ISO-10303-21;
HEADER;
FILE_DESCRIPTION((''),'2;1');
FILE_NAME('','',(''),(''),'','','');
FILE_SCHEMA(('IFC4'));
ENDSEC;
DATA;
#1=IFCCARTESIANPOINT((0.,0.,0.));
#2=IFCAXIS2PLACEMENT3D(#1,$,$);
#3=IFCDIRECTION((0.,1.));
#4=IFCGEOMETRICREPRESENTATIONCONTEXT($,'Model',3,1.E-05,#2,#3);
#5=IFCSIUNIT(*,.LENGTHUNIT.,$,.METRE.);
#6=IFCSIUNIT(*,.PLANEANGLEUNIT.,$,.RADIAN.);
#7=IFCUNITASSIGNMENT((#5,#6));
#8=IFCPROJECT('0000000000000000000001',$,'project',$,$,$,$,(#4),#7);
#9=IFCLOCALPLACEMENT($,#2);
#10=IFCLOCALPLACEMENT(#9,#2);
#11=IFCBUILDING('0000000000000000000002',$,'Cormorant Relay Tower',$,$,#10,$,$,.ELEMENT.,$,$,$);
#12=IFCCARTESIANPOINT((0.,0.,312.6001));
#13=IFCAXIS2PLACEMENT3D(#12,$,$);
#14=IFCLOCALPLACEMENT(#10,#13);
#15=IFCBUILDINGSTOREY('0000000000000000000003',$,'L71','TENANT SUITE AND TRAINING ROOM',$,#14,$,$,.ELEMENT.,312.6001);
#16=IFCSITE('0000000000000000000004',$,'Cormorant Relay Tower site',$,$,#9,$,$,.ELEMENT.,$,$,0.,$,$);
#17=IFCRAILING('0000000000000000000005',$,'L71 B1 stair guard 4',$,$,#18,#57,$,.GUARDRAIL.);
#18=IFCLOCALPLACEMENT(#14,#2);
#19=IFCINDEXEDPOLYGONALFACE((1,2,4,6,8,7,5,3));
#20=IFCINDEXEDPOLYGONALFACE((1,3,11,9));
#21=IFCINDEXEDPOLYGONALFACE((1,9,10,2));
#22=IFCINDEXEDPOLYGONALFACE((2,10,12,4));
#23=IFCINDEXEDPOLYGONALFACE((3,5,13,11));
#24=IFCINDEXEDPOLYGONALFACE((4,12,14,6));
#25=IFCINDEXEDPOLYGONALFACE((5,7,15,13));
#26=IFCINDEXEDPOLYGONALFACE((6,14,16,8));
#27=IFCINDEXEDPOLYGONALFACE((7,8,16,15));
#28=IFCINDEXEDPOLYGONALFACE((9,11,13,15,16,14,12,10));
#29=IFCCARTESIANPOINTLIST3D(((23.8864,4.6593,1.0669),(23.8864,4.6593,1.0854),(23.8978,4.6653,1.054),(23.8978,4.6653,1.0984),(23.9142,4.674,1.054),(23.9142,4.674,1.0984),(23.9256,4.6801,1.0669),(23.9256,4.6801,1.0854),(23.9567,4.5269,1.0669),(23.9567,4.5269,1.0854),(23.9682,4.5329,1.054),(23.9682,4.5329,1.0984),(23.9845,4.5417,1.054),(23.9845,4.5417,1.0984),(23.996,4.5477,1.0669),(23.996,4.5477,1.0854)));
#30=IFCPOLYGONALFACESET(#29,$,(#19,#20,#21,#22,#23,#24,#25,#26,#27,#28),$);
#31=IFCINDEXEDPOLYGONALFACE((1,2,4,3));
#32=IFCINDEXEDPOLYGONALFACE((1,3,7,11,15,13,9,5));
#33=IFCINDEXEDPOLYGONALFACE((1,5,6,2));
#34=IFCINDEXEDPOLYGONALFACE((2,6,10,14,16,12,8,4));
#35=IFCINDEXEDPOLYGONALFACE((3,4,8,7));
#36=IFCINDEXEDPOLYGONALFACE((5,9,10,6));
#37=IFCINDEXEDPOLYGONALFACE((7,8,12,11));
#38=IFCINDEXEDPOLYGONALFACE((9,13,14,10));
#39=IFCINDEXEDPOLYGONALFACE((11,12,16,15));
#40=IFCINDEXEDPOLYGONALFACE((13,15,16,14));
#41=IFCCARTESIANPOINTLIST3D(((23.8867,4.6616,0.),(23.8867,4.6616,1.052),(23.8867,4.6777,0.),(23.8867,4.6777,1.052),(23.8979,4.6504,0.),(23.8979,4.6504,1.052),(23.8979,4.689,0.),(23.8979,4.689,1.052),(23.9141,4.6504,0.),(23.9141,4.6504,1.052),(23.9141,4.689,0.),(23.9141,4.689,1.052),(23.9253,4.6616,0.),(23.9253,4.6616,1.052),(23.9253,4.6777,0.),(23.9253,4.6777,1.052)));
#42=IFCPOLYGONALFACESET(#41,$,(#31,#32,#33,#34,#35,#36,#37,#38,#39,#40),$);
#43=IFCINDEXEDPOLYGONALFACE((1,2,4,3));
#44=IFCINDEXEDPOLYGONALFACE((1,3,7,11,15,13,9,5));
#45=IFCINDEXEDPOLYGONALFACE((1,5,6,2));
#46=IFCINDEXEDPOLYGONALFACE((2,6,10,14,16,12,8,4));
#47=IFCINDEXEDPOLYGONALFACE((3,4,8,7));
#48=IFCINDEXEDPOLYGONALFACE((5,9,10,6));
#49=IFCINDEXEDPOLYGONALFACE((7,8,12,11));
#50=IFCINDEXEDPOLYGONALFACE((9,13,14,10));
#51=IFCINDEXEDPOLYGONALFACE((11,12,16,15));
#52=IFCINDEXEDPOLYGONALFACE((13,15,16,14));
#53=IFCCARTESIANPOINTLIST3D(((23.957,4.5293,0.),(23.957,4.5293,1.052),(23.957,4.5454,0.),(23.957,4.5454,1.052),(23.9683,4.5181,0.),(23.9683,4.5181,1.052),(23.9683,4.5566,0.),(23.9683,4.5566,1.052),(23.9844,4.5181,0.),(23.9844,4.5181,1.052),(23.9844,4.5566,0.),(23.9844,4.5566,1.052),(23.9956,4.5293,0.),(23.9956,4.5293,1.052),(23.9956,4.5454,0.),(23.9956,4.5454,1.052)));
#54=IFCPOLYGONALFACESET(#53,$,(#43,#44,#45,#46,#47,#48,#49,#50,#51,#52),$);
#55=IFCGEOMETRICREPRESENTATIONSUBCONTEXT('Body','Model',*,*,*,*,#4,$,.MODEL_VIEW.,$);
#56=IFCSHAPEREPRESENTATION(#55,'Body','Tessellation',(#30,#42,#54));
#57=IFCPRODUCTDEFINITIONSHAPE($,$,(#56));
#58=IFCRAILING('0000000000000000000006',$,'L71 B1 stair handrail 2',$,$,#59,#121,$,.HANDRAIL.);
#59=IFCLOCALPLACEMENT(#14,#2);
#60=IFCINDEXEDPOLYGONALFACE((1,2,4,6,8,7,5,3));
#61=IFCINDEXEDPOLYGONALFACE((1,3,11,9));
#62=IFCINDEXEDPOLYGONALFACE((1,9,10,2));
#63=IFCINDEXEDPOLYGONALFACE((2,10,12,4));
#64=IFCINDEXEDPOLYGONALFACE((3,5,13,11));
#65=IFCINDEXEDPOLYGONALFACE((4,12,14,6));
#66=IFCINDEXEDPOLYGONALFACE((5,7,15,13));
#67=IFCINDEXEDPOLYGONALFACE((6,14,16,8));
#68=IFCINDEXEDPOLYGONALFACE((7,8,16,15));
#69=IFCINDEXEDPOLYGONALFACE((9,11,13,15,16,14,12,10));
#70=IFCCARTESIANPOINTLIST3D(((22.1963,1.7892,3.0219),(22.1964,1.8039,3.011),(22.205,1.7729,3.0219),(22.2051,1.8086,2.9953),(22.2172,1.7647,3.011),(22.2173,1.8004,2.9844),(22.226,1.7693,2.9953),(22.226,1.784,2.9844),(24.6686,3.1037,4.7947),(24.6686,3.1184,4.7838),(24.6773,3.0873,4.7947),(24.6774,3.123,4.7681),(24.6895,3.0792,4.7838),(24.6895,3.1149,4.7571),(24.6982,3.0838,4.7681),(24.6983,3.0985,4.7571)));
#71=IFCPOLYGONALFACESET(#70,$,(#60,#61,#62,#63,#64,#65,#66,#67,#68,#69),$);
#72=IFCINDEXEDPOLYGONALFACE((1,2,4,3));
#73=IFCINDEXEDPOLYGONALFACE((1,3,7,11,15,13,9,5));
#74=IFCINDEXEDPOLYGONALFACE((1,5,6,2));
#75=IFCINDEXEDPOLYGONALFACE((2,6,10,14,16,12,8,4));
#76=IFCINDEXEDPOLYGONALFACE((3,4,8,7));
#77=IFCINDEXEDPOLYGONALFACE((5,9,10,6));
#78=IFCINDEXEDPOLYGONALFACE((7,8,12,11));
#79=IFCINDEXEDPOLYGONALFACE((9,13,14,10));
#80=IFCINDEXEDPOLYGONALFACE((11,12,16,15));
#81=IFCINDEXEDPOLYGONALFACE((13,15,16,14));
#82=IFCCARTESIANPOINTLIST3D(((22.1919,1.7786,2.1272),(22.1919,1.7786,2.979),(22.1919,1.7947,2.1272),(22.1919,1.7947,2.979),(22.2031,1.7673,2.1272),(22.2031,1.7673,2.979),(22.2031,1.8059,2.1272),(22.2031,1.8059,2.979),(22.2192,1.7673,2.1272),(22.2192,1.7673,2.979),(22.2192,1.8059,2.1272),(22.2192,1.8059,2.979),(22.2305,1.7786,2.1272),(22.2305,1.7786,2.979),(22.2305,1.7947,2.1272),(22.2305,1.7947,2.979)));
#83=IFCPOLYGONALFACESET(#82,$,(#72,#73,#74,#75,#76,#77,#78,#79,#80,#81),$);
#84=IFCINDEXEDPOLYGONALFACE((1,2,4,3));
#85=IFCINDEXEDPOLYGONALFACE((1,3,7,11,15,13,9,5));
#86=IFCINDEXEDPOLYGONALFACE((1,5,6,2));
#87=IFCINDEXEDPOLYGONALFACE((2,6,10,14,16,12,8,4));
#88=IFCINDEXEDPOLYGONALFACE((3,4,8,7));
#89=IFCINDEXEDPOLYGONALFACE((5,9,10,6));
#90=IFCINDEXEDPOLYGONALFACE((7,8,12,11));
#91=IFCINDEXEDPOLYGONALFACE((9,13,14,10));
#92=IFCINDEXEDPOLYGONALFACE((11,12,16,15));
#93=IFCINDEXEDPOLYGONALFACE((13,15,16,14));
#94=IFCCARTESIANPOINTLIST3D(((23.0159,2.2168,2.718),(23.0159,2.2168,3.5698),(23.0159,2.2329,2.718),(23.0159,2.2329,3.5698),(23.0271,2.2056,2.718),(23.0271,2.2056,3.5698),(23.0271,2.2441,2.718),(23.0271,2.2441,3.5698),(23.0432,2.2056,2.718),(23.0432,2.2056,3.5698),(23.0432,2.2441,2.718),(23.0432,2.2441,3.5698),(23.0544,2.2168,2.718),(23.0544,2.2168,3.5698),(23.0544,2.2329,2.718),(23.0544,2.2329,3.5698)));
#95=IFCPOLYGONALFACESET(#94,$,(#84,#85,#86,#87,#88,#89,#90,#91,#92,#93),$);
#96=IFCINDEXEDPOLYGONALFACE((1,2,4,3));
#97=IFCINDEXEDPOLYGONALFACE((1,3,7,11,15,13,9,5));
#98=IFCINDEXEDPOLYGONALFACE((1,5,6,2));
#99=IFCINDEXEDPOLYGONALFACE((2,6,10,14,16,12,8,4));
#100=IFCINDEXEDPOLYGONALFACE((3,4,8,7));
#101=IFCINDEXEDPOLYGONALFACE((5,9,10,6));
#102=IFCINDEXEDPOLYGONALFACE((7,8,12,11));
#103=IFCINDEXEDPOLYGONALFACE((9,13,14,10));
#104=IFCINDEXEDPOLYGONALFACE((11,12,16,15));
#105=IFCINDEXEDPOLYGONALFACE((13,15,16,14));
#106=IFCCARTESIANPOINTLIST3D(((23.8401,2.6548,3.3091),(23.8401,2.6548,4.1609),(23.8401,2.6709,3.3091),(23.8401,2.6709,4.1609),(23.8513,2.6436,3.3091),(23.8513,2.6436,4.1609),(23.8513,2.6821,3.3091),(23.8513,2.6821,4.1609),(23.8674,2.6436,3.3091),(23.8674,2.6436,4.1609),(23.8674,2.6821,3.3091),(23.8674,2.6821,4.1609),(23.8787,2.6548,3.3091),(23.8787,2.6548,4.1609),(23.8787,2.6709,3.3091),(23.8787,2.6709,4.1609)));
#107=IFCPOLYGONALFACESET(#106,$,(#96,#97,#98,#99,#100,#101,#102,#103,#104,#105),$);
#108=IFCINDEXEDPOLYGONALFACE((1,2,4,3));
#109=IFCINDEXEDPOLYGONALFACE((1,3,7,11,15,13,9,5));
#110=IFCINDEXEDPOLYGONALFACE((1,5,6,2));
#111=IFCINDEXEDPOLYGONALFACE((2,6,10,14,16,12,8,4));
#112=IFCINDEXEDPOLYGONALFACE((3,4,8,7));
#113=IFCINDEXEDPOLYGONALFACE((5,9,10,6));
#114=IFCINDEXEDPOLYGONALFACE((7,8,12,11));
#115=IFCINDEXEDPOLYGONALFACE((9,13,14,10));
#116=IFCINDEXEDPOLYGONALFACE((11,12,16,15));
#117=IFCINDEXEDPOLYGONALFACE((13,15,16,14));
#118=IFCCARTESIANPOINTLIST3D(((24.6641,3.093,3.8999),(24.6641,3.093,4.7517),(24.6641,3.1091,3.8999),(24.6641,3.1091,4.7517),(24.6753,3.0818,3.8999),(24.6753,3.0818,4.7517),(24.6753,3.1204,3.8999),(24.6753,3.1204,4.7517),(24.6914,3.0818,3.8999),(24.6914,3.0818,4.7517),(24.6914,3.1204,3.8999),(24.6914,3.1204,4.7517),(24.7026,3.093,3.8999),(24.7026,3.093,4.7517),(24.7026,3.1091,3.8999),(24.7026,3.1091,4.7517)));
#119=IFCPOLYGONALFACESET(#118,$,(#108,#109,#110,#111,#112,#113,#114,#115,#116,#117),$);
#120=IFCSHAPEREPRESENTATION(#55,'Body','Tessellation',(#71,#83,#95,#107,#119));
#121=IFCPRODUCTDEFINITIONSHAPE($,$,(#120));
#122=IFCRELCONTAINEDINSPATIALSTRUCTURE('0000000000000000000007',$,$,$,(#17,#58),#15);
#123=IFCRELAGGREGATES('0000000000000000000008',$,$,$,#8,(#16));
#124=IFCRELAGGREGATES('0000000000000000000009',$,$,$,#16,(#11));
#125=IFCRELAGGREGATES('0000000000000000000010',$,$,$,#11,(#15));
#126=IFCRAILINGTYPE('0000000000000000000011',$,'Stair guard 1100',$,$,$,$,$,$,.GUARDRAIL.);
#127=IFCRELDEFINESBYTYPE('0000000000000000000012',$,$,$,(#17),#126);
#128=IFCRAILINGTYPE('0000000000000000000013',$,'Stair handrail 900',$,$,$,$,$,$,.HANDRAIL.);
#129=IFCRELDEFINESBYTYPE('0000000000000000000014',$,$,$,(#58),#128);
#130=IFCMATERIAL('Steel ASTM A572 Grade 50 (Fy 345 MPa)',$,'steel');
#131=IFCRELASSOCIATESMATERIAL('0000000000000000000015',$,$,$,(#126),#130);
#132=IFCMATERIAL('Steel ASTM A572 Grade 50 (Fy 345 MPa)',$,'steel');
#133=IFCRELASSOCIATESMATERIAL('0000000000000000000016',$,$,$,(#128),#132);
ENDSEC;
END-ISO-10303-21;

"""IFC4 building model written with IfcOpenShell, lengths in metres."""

from ifc_helpers import new_model, si_unit, direction, frame, origin, place, context, subcontext, project, spatial, polyline, outline, extrude, material, type_object, element, save


model = new_model("IFC4")

# Units and contexts
model_context = context("Model", 3, precision=1e-05, world=origin(), true_north=direction((0.0, 1.0)))
body_context = subcontext(model_context, "Body", "Model", "MODEL_VIEW")
ifc_project = project(units=[si_unit("LENGTHUNIT", "METRE"), si_unit("PLANEANGLEUNIT", "RADIAN")], contexts=[model_context])

# Site, building, storey
site_placement = place(None, origin())
site = spatial("IfcSite", under=ifc_project, at=site_placement, Name="Cormorant Relay Tower site", CompositionType="ELEMENT", RefElevation=0.0)
building_placement = place(site_placement, origin())
building = spatial("IfcBuilding", under=site, at=building_placement, Name="Cormorant Relay Tower", CompositionType="ELEMENT")
storey_placement = place(building_placement, frame((0.0, 0.0, 312.6001)))
storey = spatial("IfcBuildingStorey", under=building, at=storey_placement, Name="L71", Description="TENANT SUITE AND TRAINING ROOM", CompositionType="ELEMENT", Elevation=312.6001)

# Railings
ifc_material_1 = material(Name="Steel ASTM A572 Grade 50 (Fy 345 MPa)", Category="steel")
railing_type_1 = type_object("IfcRailingType", Name="Stair guard 1100", PredefinedType="GUARDRAIL", material=ifc_material_1)
railing_1_placement = place(storey_placement, frame((23.906, 4.6697, 0.0)))
element("IfcRailing", 1, at=railing_1_placement, inside=storey, type_object=railing_type_1, Name="L71 B1 stair guard 4", PredefinedType="GUARDRAIL", context=body_context, shape_type="SweptSolid", body=[
    extrude(outline(polyline([(0.0222, 0.0093), (0.0093, 0.0222), (-0.0093, 0.0222), (-0.0222, 0.0093), (-0.0222, -0.0093), (-0.0093, -0.0222), (0.0093, -0.0222), (0.0222, -0.0093), (0.0222, 0.0093)])), frame((0.0, 0.0, 1.0762), z_axis=(0.469235, -0.883074, 0.0), x_axis=(0.883074, 0.469235, 0.0)), (0.0, 0.0, 1.0), 0.1499),
    extrude(outline(polyline([(0.0193, 0.0081), (0.0081, 0.0193), (-0.0081, 0.0193), (-0.0193, 0.0081), (-0.0193, -0.0081), (-0.0081, -0.0193), (0.0081, -0.0193), (0.0193, -0.0081), (0.0193, 0.0081)])), origin(), (0.0, 0.0, 1.0), 1.052),
    extrude(outline(polyline([(0.0193, 0.0081), (0.0081, 0.0193), (-0.0081, 0.0193), (-0.0193, 0.0081), (-0.0193, -0.0081), (-0.0081, -0.0193), (0.0081, -0.0193), (0.0193, -0.0081), (0.0193, 0.0081)])), frame((0.0703, -0.1323, 0.0)), (0.0, 0.0, 1.0), 1.052),
])
ifc_material_2 = material(Name="Steel ASTM A572 Grade 50 (Fy 345 MPa)", Category="steel")
railing_type_2 = type_object("IfcRailingType", Name="Stair handrail 900", PredefinedType="HANDRAIL", material=ifc_material_2)
railing_2_placement = place(storey_placement, frame((22.2112, 1.7866, 2.1272)))
element("IfcRailing", 2, at=railing_2_placement, inside=storey, type_object=railing_type_2, Name="L71 B1 stair handrail 2", PredefinedType="HANDRAIL", context=body_context, shape_type="SweptSolid", body=[
    extrude(outline(polyline([(0.0222, 0.0093), (0.0093, 0.0222), (-0.0093, 0.0222), (-0.0222, 0.0093), (-0.0222, -0.0093), (-0.0093, -0.0222), (0.0093, -0.0222), (0.0222, -0.0093), (0.0222, 0.0093)])), frame((0.0, 0.0, 0.876), z_axis=(0.746001, 0.396649, 0.534931), x_axis=(-0.469465, 0.882951, 0.0)), (0.0, 0.0, 1.0), 3.314),
    extrude(outline(polyline([(0.0193, 0.0081), (0.0081, 0.0193), (-0.0081, 0.0193), (-0.0193, 0.0081), (-0.0193, -0.0081), (-0.0081, -0.0193), (0.0081, -0.0193), (0.0193, -0.0081), (0.0193, 0.0081)])), origin(), (0.0, 0.0, 1.0), 0.8518),
    extrude(outline(polyline([(0.0193, 0.0081), (0.0081, 0.0193), (-0.0081, 0.0193), (-0.0193, 0.0081), (-0.0193, -0.0081), (-0.0081, -0.0193), (0.0081, -0.0193), (0.0193, -0.0081), (0.0193, 0.0081)])), frame((0.824, 0.4382, 0.5908)), (0.0, 0.0, 1.0), 0.8518),
    extrude(outline(polyline([(0.0193, 0.0081), (0.0081, 0.0193), (-0.0081, 0.0193), (-0.0193, 0.0081), (-0.0193, -0.0081), (-0.0081, -0.0193), (0.0081, -0.0193), (0.0193, -0.0081), (0.0193, 0.0081)])), frame((1.6482, 0.8762, 1.1819)), (0.0, 0.0, 1.0), 0.8518),
    extrude(outline(polyline([(0.0193, 0.0081), (0.0081, 0.0193), (-0.0081, 0.0193), (-0.0193, 0.0081), (-0.0193, -0.0081), (-0.0081, -0.0193), (0.0081, -0.0193), (0.0193, -0.0081), (0.0193, 0.0081)])), frame((2.4722, 1.3145, 1.7727)), (0.0, 0.0, 1.0), 0.8518),
])

save(model, "model.ifc")
